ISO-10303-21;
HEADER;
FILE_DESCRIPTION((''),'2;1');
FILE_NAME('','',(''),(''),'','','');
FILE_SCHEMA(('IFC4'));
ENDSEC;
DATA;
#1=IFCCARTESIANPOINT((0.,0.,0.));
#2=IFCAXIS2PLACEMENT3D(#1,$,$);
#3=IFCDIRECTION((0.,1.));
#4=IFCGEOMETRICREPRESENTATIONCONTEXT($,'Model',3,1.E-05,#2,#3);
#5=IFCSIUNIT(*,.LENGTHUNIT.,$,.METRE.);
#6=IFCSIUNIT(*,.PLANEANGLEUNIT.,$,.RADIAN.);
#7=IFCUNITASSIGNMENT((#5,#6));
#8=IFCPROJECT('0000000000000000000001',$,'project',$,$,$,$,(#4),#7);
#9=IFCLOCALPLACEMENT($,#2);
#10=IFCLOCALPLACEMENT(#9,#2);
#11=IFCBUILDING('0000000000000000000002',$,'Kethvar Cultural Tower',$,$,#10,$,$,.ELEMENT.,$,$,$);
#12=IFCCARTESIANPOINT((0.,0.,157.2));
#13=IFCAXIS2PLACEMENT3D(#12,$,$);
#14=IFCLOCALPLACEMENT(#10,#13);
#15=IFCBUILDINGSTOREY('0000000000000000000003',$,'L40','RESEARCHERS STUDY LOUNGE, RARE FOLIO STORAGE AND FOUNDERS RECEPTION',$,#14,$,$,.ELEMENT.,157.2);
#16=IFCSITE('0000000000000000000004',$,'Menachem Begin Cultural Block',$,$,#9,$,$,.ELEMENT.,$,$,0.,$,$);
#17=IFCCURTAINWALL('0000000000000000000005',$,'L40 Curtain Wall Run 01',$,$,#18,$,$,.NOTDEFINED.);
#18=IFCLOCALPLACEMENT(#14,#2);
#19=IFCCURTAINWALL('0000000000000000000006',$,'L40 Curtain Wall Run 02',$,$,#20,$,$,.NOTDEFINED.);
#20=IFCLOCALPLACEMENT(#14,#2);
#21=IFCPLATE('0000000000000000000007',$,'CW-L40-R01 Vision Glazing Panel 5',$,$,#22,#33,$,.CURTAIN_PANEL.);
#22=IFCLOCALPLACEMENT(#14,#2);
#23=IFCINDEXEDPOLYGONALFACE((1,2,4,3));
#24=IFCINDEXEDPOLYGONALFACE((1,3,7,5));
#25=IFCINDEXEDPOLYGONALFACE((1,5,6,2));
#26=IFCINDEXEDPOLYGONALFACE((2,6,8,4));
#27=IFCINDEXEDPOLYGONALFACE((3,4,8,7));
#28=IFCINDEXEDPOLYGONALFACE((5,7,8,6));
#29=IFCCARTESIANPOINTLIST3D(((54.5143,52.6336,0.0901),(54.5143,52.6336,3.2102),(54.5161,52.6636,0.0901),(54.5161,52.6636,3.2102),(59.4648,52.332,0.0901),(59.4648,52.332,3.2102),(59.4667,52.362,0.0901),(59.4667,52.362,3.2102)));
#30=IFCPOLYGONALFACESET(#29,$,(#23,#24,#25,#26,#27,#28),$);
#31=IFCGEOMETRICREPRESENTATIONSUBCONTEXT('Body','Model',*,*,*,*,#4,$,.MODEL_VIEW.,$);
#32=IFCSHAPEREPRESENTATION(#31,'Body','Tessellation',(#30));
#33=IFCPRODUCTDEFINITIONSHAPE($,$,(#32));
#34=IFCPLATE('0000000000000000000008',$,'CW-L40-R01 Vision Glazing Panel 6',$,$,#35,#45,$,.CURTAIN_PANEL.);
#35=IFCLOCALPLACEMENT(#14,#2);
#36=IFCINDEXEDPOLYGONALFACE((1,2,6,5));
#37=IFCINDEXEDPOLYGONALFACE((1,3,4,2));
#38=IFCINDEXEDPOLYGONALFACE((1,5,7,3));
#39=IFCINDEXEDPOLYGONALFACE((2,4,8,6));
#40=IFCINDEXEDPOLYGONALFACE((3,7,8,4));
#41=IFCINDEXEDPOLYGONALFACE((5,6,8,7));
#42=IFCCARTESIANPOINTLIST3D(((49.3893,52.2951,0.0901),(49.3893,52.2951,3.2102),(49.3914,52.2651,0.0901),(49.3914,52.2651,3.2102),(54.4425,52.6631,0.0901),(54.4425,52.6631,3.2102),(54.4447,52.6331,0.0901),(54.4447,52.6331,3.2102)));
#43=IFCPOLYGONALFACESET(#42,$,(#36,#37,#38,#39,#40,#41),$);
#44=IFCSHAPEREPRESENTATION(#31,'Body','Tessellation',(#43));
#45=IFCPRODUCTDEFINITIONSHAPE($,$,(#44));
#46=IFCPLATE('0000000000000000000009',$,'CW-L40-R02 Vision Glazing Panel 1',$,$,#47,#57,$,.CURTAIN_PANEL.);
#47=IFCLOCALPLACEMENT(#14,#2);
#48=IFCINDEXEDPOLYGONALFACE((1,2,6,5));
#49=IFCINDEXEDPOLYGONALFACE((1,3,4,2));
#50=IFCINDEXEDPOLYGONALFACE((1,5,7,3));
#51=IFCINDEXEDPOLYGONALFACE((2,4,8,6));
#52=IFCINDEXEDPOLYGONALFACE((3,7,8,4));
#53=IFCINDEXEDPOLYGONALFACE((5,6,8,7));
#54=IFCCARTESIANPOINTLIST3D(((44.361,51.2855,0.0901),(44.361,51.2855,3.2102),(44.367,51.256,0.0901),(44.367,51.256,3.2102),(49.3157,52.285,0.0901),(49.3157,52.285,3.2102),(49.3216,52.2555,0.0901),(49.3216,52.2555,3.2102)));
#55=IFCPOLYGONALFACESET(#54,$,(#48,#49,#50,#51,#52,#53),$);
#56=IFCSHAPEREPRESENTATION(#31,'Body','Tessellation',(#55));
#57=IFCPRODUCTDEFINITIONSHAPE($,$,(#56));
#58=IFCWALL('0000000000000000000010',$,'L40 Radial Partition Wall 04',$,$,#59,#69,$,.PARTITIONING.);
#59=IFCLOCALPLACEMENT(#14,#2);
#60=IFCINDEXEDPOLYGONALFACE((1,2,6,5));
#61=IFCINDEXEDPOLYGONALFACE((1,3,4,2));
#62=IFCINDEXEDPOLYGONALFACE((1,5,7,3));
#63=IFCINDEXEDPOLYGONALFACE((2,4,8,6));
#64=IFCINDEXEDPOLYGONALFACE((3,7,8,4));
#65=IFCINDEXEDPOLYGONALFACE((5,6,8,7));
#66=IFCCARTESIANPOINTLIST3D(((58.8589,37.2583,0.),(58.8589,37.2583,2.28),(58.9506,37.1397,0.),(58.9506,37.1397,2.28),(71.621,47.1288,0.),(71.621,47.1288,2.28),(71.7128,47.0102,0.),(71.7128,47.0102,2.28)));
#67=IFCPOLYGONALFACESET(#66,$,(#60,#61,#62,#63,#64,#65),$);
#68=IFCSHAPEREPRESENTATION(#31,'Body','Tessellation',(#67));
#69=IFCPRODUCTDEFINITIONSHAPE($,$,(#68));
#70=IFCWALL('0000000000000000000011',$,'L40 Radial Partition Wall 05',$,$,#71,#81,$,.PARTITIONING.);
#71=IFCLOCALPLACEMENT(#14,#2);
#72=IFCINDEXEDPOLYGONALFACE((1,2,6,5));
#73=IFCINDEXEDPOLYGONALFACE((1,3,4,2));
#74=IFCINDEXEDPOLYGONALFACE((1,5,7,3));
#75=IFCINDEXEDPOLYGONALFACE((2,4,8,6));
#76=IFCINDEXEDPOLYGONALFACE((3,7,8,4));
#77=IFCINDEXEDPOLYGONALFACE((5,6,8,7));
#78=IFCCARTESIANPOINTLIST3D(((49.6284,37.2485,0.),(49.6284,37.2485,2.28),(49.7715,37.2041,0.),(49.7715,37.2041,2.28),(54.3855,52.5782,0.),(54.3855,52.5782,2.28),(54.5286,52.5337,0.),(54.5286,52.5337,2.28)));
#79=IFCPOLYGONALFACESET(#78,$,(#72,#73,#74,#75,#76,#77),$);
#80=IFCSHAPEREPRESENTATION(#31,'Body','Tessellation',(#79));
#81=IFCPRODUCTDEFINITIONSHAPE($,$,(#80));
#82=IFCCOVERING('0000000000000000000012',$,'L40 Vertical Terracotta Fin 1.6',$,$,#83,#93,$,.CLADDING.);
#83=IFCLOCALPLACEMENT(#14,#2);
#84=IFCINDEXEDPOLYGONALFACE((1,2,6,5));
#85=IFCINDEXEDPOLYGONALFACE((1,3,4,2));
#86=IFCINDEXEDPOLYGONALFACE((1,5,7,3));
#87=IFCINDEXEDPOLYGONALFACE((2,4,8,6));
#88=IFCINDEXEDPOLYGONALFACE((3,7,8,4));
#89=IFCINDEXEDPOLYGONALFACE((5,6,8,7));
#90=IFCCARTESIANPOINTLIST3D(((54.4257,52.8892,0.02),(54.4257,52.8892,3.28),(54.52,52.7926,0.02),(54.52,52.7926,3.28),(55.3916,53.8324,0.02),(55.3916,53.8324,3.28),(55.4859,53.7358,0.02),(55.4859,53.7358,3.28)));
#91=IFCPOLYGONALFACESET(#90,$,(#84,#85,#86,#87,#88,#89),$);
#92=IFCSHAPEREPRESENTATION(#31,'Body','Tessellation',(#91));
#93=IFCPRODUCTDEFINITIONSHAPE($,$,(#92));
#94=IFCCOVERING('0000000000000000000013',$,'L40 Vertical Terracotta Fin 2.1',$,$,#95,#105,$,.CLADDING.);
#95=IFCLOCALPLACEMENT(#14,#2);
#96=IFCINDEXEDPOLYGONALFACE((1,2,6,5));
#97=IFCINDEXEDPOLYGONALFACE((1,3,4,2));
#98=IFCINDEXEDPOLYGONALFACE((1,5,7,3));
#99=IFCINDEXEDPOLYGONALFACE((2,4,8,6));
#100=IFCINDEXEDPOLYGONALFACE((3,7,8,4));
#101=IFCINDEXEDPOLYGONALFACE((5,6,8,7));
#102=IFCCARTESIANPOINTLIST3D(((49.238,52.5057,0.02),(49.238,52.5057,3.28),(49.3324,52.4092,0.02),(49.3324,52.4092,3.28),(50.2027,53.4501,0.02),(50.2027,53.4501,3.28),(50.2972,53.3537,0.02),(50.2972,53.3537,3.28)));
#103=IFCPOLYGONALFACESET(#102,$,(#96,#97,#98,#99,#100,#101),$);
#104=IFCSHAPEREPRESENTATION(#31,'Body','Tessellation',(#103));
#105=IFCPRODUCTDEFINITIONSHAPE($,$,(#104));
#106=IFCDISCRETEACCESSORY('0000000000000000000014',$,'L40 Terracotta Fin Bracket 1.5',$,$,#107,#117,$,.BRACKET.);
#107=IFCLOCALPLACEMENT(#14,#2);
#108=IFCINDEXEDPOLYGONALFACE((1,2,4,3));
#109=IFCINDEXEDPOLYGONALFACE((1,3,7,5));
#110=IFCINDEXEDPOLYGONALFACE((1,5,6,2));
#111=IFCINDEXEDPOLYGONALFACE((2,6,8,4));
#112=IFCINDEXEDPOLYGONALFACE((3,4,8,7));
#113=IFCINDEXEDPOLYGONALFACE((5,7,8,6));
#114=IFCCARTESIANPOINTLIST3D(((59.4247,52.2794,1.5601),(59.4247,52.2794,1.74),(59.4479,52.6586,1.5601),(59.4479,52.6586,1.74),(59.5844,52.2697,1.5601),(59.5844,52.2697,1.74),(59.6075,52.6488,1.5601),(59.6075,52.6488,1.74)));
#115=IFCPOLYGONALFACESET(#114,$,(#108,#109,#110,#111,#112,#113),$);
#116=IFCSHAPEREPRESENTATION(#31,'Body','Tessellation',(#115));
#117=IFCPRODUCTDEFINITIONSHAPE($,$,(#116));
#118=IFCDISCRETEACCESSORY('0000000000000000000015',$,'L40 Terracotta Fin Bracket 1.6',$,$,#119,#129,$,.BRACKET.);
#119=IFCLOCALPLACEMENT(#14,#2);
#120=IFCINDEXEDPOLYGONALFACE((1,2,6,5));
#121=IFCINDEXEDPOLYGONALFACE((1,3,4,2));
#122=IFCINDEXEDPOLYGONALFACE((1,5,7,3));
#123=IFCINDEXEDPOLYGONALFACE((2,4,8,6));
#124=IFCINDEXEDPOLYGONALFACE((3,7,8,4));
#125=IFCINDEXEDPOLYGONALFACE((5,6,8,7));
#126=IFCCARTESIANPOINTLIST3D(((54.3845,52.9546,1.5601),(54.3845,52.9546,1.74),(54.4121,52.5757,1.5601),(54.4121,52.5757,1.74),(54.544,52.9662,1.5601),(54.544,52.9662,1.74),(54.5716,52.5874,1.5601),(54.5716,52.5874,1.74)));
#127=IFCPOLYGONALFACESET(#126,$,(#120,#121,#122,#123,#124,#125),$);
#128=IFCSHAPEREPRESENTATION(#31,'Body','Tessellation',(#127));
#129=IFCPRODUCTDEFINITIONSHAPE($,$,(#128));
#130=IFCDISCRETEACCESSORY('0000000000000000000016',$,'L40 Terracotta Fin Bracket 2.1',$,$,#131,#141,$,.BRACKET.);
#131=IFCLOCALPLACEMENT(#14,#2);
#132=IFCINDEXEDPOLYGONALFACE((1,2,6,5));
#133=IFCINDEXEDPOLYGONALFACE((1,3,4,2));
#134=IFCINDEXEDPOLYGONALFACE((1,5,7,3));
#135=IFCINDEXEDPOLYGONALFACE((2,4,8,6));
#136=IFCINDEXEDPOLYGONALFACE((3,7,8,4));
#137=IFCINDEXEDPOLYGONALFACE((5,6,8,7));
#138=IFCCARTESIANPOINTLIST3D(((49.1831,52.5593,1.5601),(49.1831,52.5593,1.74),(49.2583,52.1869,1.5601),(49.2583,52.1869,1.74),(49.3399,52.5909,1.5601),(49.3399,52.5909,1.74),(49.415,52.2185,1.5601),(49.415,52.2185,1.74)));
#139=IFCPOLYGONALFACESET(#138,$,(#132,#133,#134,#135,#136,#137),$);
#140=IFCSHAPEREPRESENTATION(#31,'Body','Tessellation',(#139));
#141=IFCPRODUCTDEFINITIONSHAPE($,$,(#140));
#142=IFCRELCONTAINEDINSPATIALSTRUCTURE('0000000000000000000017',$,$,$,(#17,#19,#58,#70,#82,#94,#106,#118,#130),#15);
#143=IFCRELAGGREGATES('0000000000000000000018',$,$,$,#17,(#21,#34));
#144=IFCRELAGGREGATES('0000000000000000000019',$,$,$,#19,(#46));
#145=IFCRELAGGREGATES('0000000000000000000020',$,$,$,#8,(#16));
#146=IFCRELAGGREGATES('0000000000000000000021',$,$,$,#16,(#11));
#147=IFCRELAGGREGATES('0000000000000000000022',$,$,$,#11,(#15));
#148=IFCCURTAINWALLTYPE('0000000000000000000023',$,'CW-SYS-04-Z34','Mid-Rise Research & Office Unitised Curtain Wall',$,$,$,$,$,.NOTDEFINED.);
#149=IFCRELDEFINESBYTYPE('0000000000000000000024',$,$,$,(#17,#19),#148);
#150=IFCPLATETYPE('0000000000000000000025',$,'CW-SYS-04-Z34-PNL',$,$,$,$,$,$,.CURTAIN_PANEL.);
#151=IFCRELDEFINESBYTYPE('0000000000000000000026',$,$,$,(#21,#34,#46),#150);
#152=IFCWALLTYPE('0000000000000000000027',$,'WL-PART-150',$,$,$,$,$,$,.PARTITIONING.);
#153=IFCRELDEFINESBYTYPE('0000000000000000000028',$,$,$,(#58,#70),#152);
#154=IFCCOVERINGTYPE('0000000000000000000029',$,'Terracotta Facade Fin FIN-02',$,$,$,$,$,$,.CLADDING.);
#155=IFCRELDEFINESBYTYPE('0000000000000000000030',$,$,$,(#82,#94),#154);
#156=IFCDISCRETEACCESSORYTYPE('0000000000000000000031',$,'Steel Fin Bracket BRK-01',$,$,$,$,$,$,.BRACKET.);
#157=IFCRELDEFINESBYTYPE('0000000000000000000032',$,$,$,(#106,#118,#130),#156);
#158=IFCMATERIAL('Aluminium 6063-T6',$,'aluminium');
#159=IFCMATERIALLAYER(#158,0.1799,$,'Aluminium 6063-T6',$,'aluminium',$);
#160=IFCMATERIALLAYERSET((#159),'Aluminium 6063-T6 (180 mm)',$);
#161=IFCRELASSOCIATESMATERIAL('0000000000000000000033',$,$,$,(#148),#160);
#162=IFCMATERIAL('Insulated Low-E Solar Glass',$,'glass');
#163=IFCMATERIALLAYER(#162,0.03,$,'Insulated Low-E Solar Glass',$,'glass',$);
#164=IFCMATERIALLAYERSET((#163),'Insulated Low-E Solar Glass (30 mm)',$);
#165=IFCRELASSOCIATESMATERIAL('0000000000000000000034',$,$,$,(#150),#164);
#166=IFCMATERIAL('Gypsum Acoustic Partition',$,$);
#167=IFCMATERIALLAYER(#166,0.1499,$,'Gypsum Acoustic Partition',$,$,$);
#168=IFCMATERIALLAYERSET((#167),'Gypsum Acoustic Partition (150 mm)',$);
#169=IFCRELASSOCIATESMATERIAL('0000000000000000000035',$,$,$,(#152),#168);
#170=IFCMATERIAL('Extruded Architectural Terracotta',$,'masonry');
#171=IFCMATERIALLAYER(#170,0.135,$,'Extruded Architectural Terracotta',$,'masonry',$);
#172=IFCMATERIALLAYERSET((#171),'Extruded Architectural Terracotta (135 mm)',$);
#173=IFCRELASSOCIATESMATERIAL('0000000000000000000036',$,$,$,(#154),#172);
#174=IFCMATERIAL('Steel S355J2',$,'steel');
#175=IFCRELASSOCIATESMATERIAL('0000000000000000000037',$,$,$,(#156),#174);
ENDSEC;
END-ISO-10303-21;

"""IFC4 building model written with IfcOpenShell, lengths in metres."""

from ifc_helpers import new_model, si_unit, direction, frame, frame_2d, origin, origin_2d, place, context, subcontext, project, spatial, rectangle, extrude, source, transform, mapped, material, layer, layer_set, type_object, element, aggregate, save


model = new_model("IFC4")

# Units and contexts
model_context = context("Model", 3, precision=1e-05, world=origin(), true_north=direction((0.0, 1.0)))
body_context = subcontext(model_context, "Body", "Model", "MODEL_VIEW")
ifc_project = project(units=[si_unit("LENGTHUNIT", "METRE"), si_unit("PLANEANGLEUNIT", "RADIAN")], contexts=[model_context])

# Site, building, storey
site_placement = place(None, origin())
site = spatial("IfcSite", under=ifc_project, at=site_placement, Name="Menachem Begin Cultural Block", CompositionType="ELEMENT", RefElevation=0.0)
building_placement = place(site_placement, origin())
building = spatial("IfcBuilding", under=site, at=building_placement, Name="Kethvar Cultural Tower", CompositionType="ELEMENT")
storey_placement = place(building_placement, frame((0.0, 0.0, 157.2)))
storey = spatial("IfcBuildingStorey", under=building, at=storey_placement, Name="L40", Description="RESEARCHERS STUDY LOUNGE, RARE FOLIO STORAGE AND FOUNDERS RECEPTION", CompositionType="ELEMENT", Elevation=157.2)

# Shared definitions
ifc_material_1 = material(Name="Steel S355J2", Category="steel")

# Curtain wall
ifc_material_2 = material(Name="Aluminium 6063-T6", Category="aluminium")
ifc_layer_1 = layer(ifc_material_2, 0.1799, Name="Aluminium 6063-T6", Category="aluminium")
ifc_layer_set_1 = layer_set([ifc_layer_1], Name="Aluminium 6063-T6 (180 mm)")
curtain_wall_type = type_object("IfcCurtainWallType", Name="CW-SYS-04-Z34", Description="Mid-Rise Research & Office Unitised Curtain Wall", PredefinedType="NOTDEFINED", material=ifc_layer_set_1)
curtain_wall_1_placement = place(storey_placement, origin())
curtain_wall_1 = element("IfcCurtainWall", 1, at=curtain_wall_1_placement, inside=storey, type_object=curtain_wall_type, Name="L40 Curtain Wall Run 01", PredefinedType="NOTDEFINED")

# Curtain wall
curtain_wall_2_placement = place(storey_placement, origin())
curtain_wall_2 = element("IfcCurtainWall", 2, at=curtain_wall_2_placement, inside=storey, type_object=curtain_wall_type, Name="L40 Curtain Wall Run 02", PredefinedType="NOTDEFINED")

# Plates
ifc_material_3 = material(Name="Insulated Low-E Solar Glass", Category="glass")
ifc_layer_2 = layer(ifc_material_3, 0.03, Name="Insulated Low-E Solar Glass", Category="glass")
ifc_layer_set_2 = layer_set([ifc_layer_2], Name="Insulated Low-E Solar Glass (30 mm)")
plate_type = type_object("IfcPlateType", Name="CW-SYS-04-Z34-PNL", PredefinedType="CURTAIN_PANEL", material=ifc_layer_set_2)
shared_shape_1 = source(origin(), body_context, "Body", "SweptSolid", [
    extrude(rectangle(XDim=4.9597, YDim=0.03, at=origin_2d()), origin(), (0.0, 0.0, 1.0), 3.1201),
])
plate_1_placement = place(storey_placement, frame((56.9905, 52.4978, 0.0901), z_axis=(0.0, 0.0, 1.0), x_axis=(-0.99815, 0.060805, 0.0)))
plate_1 = element("IfcPlate", 3, at=plate_1_placement, type_object=plate_type, Name="CW-L40-R01 Vision Glazing Panel 5", PredefinedType="CURTAIN_PANEL", context=body_context, shape_type="MappedRepresentation", body=[
    mapped(shared_shape_1, transform((0.0, 0.0, 0.0), scale=1.0)),
])
shared_shape_2 = source(origin(), body_context, "Body", "SweptSolid", [
    extrude(rectangle(XDim=5.0667, YDim=0.03, at=origin_2d()), origin(), (0.0, 0.0, 1.0), 3.1201),
])
plate_2_placement = place(storey_placement, frame((51.917, 52.4641, 0.0901), z_axis=(0.0, 0.0, 1.0), x_axis=(-0.997359, -0.072629, 0.0)))
plate_2 = element("IfcPlate", 4, at=plate_2_placement, type_object=plate_type, Name="CW-L40-R01 Vision Glazing Panel 6", PredefinedType="CURTAIN_PANEL", context=body_context, shape_type="MappedRepresentation", body=[
    mapped(shared_shape_2, transform((0.0, 0.0, 0.0), scale=1.0)),
])
aggregate(curtain_wall_1, [plate_1, plate_2])
shared_shape_3 = source(origin(), body_context, "Body", "SweptSolid", [
    extrude(rectangle(XDim=5.0544, YDim=0.03, at=origin_2d()), origin(), (0.0, 0.0, 1.0), 3.1201),
])
plate_3_placement = place(storey_placement, frame((46.8413, 51.7705, 0.0901), z_axis=(0.0, 0.0, 1.0), x_axis=(-0.980254, -0.197743, 0.0)))
plate_3 = element("IfcPlate", 5, at=plate_3_placement, type_object=plate_type, Name="CW-L40-R02 Vision Glazing Panel 1", PredefinedType="CURTAIN_PANEL", context=body_context, shape_type="MappedRepresentation", body=[
    mapped(shared_shape_3, transform((0.0, 0.0, 0.0), scale=1.0)),
])
aggregate(curtain_wall_2, [plate_3])

# Walls
ifc_material_4 = material(Name="Gypsum Acoustic Partition")
ifc_layer_3 = layer(ifc_material_4, 0.1499, Name="Gypsum Acoustic Partition")
ifc_layer_set_3 = layer_set([ifc_layer_3], Name="Gypsum Acoustic Partition (150 mm)")
wall_type_1 = type_object("IfcWallType", Name="WL-PART-150", PredefinedType="PARTITIONING", material=ifc_layer_set_3)
wall_1_placement = place(storey_placement, frame((58.9048, 37.199, 0.0), z_axis=(0.0, 0.0, 1.0), x_axis=(0.791018, 0.611793, 0.0)))
element("IfcWall", 6, at=wall_1_placement, inside=storey, type_object=wall_type_1, Name="L40 Radial Partition Wall 04", PredefinedType="PARTITIONING", context=body_context, shape_type="SweptSolid", body=[
    extrude(rectangle(XDim=16.1338, YDim=0.1499, at=frame_2d((8.0669, 0.0))), origin(), (0.0, 0.0, 1.0), 2.28),
])
wall_2_placement = place(storey_placement, frame((49.7, 37.2263, 0.0), z_axis=(0.0, 0.0, 1.0), x_axis=(0.296378, 0.955071, 0.0)))
element("IfcWall", 7, at=wall_2_placement, inside=storey, type_object=wall_type_1, Name="L40 Radial Partition Wall 05", PredefinedType="PARTITIONING", context=body_context, shape_type="SweptSolid", body=[
    extrude(rectangle(XDim=16.0508, YDim=0.1499, at=frame_2d((8.0254, 0.0))), origin(), (0.0, 0.0, 1.0), 2.28),
])

# Coverings
ifc_material_5 = material(Name="Extruded Architectural Terracotta", Category="masonry")
ifc_layer_4 = layer(ifc_material_5, 0.135, Name="Extruded Architectural Terracotta", Category="masonry")
ifc_layer_set_4 = layer_set([ifc_layer_4], Name="Extruded Architectural Terracotta (135 mm)")
covering_type = type_object("IfcCoveringType", Name="Terracotta Facade Fin FIN-02", PredefinedType="CLADDING", material=ifc_layer_set_4)
shared_shape_4 = source(origin(), body_context, "Body", "SweptSolid", [
    extrude(rectangle(XDim=1.3501, YDim=0.135, at=origin_2d()), origin(), (0.0, 0.0, 1.0), 3.26),
])
for number, where, z_axis, x_axis, name in (
    (8, (54.9558, 53.3125, 0.02), (0.0, 0.0, 1.0), (0.715449, 0.698665, 0.0), "L40 Vertical Terracotta Fin 1.6"),
    (9, (49.7676, 52.9297, 0.02), (0.0, 0.0, 1.0), (0.714595, 0.699539, 0.0), "L40 Vertical Terracotta Fin 2.1"),
):
    element("IfcCovering", number, at=place(storey_placement, frame(where, z_axis=z_axis, x_axis=x_axis)), inside=storey, type_object=covering_type, Name=name, PredefinedType="CLADDING", context=body_context, shape_type="MappedRepresentation", body=[
        mapped(shared_shape_4, transform((0.0, 0.0, 0.0), scale=1.0)),
    ])

# Discrete accessories
discrete_accessory_type = type_object("IfcDiscreteAccessoryType", Name="Steel Fin Bracket BRK-01", PredefinedType="BRACKET", material=ifc_material_1)
shared_shape_5 = source(origin(), body_context, "Body", "SweptSolid", [
    extrude(rectangle(XDim=0.3799, YDim=0.1599, at=origin_2d()), origin(), (0.0, 0.0, 1.0), 0.1799),
])
for number, where, z_axis, x_axis, name in (
    (10, (59.5161, 52.4641, 1.5601), (0.0, 0.0, 1.0), (0.060874, 0.998145, 0.0), "L40 Terracotta Fin Bracket 1.5"),
    (11, (54.478, 52.771, 1.5601), (0.0, 0.0, 1.0), (-0.072716, 0.997353, 0.0), "L40 Terracotta Fin Bracket 1.6"),
    (12, (49.2991, 52.3889, 1.5601), (0.0, 0.0, 1.0), (-0.197828, 0.980237, 0.0), "L40 Terracotta Fin Bracket 2.1"),
):
    element("IfcDiscreteAccessory", number, at=place(storey_placement, frame(where, z_axis=z_axis, x_axis=x_axis)), inside=storey, type_object=discrete_accessory_type, Name=name, PredefinedType="BRACKET", context=body_context, shape_type="MappedRepresentation", body=[
        mapped(shared_shape_5, transform((0.0, 0.0, 0.0), scale=1.0)),
    ])

save(model, "model.ifc")
